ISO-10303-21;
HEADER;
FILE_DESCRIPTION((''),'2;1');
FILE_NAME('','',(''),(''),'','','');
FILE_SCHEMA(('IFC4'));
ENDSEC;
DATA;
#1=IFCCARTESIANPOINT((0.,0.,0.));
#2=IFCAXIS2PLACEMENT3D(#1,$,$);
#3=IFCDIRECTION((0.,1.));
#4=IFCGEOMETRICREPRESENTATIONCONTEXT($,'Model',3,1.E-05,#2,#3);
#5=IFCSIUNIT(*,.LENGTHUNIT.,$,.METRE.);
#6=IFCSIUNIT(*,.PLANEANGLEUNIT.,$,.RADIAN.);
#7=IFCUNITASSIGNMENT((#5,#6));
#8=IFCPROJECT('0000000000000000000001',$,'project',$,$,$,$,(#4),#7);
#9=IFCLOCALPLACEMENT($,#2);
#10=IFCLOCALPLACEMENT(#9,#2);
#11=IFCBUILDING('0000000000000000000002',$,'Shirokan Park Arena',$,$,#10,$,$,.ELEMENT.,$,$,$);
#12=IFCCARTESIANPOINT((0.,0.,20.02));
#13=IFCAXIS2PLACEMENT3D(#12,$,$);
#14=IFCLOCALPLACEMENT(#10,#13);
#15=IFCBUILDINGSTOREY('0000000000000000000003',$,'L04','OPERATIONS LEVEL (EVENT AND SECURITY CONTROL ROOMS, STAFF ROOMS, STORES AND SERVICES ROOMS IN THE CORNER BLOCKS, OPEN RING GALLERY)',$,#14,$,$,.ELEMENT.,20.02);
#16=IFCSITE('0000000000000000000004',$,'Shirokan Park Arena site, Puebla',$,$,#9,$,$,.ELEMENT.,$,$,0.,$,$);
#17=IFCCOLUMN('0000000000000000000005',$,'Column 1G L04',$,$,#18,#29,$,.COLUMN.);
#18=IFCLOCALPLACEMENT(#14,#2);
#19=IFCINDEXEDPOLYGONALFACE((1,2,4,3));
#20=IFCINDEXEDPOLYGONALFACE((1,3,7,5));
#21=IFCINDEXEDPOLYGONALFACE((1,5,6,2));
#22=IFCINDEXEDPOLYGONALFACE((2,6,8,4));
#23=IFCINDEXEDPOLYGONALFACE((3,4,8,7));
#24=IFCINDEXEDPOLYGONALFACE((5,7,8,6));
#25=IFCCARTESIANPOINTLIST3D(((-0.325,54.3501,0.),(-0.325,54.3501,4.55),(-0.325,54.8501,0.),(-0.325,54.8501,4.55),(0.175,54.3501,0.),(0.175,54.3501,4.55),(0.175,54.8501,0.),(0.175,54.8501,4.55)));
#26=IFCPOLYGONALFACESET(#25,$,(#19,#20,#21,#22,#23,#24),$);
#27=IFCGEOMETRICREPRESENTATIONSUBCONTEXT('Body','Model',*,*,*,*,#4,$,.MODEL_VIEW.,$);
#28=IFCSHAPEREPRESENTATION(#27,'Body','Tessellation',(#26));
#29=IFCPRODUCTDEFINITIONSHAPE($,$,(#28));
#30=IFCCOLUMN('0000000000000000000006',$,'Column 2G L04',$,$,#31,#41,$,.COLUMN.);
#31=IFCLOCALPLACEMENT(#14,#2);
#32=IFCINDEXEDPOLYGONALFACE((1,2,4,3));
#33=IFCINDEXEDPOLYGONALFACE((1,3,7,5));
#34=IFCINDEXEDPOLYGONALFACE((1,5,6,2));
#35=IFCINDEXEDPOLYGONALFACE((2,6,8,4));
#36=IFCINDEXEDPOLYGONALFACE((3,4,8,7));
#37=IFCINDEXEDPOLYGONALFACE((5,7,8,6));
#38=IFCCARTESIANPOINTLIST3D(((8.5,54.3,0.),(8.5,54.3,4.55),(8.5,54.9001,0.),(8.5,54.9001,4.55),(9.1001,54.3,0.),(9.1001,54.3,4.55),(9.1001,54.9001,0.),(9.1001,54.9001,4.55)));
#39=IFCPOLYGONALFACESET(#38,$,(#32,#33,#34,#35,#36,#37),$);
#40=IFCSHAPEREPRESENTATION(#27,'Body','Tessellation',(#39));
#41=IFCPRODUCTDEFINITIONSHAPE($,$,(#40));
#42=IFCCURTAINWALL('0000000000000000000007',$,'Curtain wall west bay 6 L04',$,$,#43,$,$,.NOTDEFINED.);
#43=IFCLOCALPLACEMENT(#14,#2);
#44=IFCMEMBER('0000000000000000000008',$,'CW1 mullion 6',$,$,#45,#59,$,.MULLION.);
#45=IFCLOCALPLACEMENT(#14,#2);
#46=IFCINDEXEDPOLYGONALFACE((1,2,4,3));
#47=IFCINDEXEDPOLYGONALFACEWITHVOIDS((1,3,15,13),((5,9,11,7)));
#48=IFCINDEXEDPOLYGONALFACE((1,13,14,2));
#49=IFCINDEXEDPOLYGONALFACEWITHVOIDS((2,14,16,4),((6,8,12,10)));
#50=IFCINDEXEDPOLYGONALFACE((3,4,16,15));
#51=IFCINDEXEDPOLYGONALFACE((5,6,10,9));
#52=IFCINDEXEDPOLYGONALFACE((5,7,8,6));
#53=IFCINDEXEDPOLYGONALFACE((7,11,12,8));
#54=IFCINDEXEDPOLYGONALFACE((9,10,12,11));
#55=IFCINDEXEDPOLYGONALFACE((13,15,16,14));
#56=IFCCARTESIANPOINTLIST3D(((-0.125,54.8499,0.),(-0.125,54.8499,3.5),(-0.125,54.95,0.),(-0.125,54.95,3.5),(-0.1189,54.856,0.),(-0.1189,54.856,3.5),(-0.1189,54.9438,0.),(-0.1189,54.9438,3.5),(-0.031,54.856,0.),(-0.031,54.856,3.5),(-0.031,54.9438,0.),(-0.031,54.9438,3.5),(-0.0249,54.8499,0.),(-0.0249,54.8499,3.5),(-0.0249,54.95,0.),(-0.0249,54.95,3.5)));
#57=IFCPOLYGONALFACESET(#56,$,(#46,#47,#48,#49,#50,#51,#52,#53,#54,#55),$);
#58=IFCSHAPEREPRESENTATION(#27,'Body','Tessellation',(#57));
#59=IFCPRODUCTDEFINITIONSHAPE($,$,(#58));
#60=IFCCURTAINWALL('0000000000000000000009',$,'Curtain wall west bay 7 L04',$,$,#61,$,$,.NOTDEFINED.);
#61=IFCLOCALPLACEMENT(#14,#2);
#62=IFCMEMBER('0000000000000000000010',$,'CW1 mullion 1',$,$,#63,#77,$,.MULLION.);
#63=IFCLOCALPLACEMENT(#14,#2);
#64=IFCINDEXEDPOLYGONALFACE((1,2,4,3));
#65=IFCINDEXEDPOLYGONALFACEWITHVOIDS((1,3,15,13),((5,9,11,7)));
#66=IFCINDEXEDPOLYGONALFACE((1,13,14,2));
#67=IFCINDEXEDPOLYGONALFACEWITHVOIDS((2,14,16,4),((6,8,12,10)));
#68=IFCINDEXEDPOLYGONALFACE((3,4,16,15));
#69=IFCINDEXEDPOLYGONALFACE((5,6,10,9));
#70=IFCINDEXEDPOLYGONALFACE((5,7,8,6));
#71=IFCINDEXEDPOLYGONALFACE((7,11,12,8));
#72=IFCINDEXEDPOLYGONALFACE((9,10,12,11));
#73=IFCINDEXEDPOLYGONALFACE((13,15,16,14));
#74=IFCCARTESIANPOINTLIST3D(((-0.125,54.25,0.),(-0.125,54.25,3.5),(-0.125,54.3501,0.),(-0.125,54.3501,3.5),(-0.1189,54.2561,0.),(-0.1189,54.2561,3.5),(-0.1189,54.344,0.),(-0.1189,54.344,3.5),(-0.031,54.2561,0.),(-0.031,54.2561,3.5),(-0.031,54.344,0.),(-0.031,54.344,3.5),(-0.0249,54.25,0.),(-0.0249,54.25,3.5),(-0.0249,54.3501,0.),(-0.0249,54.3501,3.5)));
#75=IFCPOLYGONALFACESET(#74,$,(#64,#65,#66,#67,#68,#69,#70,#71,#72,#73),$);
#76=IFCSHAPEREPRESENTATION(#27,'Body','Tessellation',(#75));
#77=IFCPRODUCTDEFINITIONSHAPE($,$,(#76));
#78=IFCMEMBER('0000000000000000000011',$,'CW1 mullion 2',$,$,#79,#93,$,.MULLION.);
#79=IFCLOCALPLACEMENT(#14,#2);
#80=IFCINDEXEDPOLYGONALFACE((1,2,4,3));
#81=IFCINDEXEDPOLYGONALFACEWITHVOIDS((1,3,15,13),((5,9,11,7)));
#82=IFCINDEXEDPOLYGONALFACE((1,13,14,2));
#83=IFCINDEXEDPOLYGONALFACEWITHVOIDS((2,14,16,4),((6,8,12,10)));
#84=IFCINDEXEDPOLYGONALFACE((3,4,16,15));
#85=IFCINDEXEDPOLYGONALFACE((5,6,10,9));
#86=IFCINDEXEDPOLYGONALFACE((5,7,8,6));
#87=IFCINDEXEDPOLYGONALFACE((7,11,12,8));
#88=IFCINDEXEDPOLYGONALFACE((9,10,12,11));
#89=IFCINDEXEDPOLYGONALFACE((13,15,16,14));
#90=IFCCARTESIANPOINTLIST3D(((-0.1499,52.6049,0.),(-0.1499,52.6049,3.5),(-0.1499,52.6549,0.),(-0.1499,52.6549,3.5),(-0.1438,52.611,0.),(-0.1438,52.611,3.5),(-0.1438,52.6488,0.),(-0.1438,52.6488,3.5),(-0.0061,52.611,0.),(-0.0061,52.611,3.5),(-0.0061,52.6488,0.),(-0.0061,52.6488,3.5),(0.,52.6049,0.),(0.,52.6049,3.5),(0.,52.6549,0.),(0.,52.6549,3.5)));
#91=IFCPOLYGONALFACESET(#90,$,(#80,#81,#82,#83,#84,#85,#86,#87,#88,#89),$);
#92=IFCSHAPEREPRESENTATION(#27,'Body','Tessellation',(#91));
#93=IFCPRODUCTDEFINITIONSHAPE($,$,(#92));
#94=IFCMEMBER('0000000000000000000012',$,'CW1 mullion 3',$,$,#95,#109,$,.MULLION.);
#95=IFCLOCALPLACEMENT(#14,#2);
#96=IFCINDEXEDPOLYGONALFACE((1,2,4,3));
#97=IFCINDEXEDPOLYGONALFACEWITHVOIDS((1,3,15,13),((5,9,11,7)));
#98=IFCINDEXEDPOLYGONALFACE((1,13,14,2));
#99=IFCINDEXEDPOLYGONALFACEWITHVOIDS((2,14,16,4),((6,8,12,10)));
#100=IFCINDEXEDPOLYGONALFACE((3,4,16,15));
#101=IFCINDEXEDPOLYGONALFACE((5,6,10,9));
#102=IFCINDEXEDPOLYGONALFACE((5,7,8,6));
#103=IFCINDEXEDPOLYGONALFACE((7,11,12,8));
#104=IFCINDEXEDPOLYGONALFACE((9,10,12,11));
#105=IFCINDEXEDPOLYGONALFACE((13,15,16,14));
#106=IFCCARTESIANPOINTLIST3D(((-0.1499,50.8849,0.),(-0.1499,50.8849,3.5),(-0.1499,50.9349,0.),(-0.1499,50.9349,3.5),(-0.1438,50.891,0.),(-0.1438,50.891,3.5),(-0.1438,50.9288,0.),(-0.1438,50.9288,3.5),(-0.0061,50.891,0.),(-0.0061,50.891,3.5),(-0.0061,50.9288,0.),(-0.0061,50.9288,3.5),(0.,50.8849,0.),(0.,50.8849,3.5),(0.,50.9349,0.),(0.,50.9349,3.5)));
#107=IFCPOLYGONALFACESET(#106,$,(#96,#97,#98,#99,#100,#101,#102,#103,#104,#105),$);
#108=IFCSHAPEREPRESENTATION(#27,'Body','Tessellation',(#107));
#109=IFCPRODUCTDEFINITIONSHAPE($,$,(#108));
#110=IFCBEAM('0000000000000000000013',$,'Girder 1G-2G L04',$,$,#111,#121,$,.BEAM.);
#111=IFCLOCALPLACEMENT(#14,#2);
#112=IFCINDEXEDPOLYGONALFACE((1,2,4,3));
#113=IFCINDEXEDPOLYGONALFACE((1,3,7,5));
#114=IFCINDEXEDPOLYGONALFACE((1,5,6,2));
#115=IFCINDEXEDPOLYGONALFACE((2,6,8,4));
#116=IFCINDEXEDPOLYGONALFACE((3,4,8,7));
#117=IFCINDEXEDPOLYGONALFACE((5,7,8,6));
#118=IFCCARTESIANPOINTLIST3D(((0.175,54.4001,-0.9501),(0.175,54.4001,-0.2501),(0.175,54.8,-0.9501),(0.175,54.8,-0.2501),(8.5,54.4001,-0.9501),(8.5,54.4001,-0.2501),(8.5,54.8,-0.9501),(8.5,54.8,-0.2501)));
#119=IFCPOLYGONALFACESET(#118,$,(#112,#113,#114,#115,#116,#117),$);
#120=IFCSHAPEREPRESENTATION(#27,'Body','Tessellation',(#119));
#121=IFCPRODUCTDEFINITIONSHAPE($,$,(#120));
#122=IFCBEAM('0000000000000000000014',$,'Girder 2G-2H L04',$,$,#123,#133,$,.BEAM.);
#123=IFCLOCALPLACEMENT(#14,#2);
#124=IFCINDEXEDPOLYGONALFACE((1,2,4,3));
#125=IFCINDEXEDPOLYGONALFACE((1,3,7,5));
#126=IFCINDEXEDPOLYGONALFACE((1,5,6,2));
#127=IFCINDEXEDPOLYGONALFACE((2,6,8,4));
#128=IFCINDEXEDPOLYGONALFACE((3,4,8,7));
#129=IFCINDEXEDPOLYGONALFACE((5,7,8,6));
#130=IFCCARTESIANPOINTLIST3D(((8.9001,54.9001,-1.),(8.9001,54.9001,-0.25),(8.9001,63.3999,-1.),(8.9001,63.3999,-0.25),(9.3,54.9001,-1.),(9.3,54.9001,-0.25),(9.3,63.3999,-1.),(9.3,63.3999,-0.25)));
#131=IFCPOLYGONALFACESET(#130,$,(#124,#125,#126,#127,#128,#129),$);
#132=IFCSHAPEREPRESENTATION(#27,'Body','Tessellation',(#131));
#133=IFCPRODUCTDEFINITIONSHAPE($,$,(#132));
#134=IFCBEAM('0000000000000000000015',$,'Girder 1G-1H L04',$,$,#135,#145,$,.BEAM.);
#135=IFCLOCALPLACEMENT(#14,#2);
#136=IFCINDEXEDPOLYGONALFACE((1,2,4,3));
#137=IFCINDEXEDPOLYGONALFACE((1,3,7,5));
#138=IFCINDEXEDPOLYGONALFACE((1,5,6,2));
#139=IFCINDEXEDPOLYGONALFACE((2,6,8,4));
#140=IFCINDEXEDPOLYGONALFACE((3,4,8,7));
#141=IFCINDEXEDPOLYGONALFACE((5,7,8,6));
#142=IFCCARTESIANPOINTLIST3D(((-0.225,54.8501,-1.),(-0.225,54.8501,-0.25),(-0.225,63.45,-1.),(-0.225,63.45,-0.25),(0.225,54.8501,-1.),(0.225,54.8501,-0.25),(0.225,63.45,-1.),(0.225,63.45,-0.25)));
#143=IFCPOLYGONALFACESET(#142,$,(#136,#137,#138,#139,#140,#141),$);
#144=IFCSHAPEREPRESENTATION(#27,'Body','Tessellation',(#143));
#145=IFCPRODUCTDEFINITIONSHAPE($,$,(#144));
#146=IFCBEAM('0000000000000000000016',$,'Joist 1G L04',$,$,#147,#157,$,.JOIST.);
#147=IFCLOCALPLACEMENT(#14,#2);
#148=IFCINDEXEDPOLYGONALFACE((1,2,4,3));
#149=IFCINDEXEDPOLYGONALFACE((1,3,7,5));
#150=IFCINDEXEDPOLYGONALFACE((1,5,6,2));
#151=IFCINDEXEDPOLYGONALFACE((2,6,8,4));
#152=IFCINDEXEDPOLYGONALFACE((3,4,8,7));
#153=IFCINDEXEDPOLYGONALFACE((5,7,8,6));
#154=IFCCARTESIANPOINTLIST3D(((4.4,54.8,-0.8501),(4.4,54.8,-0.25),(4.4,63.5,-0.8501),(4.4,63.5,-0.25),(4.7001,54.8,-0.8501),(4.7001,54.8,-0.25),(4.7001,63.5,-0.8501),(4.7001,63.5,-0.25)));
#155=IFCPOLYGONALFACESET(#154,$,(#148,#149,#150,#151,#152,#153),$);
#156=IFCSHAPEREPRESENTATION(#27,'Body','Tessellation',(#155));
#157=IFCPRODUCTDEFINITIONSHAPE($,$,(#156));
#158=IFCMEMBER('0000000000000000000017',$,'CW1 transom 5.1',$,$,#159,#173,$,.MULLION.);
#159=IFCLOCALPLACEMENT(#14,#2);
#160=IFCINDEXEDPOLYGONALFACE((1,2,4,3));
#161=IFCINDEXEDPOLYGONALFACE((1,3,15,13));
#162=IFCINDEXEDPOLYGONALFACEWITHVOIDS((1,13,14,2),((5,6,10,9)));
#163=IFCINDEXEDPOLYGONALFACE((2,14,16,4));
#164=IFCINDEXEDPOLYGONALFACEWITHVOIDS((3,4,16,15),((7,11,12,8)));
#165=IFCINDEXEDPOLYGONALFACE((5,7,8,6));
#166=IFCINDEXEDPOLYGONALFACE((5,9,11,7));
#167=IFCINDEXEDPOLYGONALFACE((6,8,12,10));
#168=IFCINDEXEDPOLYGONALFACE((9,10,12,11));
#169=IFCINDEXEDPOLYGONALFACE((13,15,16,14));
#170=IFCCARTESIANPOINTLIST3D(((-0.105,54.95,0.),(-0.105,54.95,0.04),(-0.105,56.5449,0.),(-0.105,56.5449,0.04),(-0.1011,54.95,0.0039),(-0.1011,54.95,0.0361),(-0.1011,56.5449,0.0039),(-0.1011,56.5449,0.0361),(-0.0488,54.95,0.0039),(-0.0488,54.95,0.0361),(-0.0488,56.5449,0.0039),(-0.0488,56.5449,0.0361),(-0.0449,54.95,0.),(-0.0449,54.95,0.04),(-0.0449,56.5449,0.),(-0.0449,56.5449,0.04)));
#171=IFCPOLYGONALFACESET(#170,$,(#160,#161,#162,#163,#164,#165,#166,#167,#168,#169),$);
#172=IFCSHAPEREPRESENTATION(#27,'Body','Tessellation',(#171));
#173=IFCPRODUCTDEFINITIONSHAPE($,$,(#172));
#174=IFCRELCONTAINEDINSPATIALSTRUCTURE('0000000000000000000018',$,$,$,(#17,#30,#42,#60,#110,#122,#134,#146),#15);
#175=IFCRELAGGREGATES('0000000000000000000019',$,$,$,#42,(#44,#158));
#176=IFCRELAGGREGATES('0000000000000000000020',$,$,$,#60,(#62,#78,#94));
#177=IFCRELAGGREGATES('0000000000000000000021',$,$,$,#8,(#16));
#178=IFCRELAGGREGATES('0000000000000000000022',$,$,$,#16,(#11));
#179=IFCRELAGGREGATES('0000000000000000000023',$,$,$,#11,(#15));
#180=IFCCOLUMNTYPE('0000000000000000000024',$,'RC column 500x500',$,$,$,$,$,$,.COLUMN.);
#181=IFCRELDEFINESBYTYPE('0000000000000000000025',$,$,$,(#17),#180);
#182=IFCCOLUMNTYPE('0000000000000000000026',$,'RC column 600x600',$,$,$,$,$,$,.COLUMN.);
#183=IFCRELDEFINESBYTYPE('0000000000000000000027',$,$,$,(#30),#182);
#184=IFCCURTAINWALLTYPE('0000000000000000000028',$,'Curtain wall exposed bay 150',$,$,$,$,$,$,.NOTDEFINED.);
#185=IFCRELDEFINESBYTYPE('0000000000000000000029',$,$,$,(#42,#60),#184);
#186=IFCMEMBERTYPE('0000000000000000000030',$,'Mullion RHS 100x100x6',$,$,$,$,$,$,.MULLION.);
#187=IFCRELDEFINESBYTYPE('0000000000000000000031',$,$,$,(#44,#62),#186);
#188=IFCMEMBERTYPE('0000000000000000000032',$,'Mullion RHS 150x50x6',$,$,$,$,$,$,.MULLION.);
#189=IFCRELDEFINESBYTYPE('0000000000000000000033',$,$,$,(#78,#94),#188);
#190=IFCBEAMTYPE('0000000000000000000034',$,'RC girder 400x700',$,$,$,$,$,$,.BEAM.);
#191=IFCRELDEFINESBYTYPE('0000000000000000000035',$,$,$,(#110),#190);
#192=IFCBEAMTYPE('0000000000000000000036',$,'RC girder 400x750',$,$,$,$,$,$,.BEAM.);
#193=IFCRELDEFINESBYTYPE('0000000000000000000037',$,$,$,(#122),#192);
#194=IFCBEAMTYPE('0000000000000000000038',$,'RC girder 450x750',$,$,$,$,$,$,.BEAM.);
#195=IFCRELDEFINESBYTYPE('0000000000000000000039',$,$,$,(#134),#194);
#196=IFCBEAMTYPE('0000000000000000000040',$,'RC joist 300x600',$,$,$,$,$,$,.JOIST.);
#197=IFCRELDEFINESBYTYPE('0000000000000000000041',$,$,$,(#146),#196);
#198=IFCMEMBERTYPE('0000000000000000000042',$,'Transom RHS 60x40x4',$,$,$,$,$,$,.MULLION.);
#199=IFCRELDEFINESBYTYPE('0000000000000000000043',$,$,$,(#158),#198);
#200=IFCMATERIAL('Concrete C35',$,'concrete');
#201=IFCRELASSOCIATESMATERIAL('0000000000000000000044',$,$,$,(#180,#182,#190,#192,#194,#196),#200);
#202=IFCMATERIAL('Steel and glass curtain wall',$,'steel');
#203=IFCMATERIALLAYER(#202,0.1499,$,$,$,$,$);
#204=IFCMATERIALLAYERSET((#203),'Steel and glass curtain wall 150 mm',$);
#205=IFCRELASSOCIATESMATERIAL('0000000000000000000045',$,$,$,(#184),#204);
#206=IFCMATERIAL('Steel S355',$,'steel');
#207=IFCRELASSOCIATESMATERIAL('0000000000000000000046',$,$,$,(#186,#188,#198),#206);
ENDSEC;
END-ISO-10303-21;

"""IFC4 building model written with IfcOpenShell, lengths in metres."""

from ifc_helpers import new_model, si_unit, direction, frame, origin, origin_2d, place, context, subcontext, project, spatial, rectangle, hollow_rectangle, extrude, material, layer, layer_set, material_profile, profile_set, type_object, element, aggregate, save


model = new_model("IFC4")

# Units and contexts
model_context = context("Model", 3, precision=1e-05, world=origin(), true_north=direction((0.0, 1.0)))
body_context = subcontext(model_context, "Body", "Model", "MODEL_VIEW")
ifc_project = project(units=[si_unit("LENGTHUNIT", "METRE"), si_unit("PLANEANGLEUNIT", "RADIAN")], contexts=[model_context])

# Site, building, storey
site_placement = place(None, origin())
site = spatial("IfcSite", under=ifc_project, at=site_placement, Name="Shirokan Park Arena site, Puebla", CompositionType="ELEMENT", RefElevation=0.0)
building_placement = place(site_placement, origin())
building = spatial("IfcBuilding", under=site, at=building_placement, Name="Shirokan Park Arena", CompositionType="ELEMENT")
storey_placement = place(building_placement, frame((0.0, 0.0, 20.02)))
storey = spatial("IfcBuildingStorey", under=building, at=storey_placement, Name="L04", Description="OPERATIONS LEVEL (EVENT AND SECURITY CONTROL ROOMS, STAFF ROOMS, STORES AND SERVICES ROOMS IN THE CORNER BLOCKS, OPEN RING GALLERY)", CompositionType="ELEMENT", Elevation=20.02)

# Columns
ifc_material_1 = material(Name="Concrete C35", Category="concrete")
ifc_material_profile_1 = material_profile(ifc_material_1, rectangle(XDim=0.5, YDim=0.5, at=origin_2d()), Name="500x500")
ifc_profile_set_1 = profile_set([ifc_material_profile_1], Name="Concrete C35")
column_type_1 = type_object("IfcColumnType", Name="RC column 500x500", PredefinedType="COLUMN", material=ifc_profile_set_1)
column_1_placement = place(storey_placement, frame((-0.075, 54.6001, 0.0), z_axis=(0.0, 0.0, 1.0), x_axis=(1.0, 0.0, 0.0)))
element("IfcColumn", 1, at=column_1_placement, inside=storey, type_object=column_type_1, Name="Column 1G L04", PredefinedType="COLUMN", context=body_context, shape_type="SweptSolid", body=[
    extrude(rectangle(XDim=0.5, YDim=0.5, at=origin_2d()), origin(), (0.0, 0.0, 1.0), 4.55),
])
ifc_material_profile_2 = material_profile(ifc_material_1, rectangle(XDim=0.6001, YDim=0.6001, at=origin_2d()), Name="600x600")
ifc_profile_set_2 = profile_set([ifc_material_profile_2], Name="Concrete C35")
column_type_2 = type_object("IfcColumnType", Name="RC column 600x600", PredefinedType="COLUMN", material=ifc_profile_set_2)
column_2_placement = place(storey_placement, frame((8.8, 54.6001, 0.0), z_axis=(0.0, 0.0, 1.0), x_axis=(1.0, 0.0, 0.0)))
element("IfcColumn", 2, at=column_2_placement, inside=storey, type_object=column_type_2, Name="Column 2G L04", PredefinedType="COLUMN", context=body_context, shape_type="SweptSolid", body=[
    extrude(rectangle(XDim=0.6001, YDim=0.6001, at=origin_2d()), origin(), (0.0, 0.0, 1.0), 4.55),
])

# Curtain wall, member
ifc_material_2 = material(Name="Steel and glass curtain wall", Category="steel")
ifc_layer_1 = layer(ifc_material_2, 0.1499)
ifc_layer_set_1 = layer_set([ifc_layer_1], Name="Steel and glass curtain wall 150 mm")
curtain_wall_type = type_object("IfcCurtainWallType", Name="Curtain wall exposed bay 150", PredefinedType="NOTDEFINED", material=ifc_layer_set_1)
curtain_wall_1_placement = place(storey_placement, origin())
curtain_wall_1 = element("IfcCurtainWall", 3, at=curtain_wall_1_placement, inside=storey, type_object=curtain_wall_type, Name="Curtain wall west bay 6 L04", PredefinedType="NOTDEFINED")
ifc_material_3 = material(Name="Steel S355", Category="steel")
ifc_material_profile_3 = material_profile(ifc_material_3, hollow_rectangle(XDim=0.1001, YDim=0.1001, WallThickness=0.0061, at=origin_2d()), Name="RHS 100x100x6")
ifc_profile_set_3 = profile_set([ifc_material_profile_3], Name="Steel S355")
member_type_1 = type_object("IfcMemberType", Name="Mullion RHS 100x100x6", PredefinedType="MULLION", material=ifc_profile_set_3)
member_1_placement = place(storey_placement, frame((-0.075, 54.8999, 0.0), z_axis=(0.0, 0.0, 1.0), x_axis=(1.0, 0.0, 0.0)))
member_1 = element("IfcMember", 4, at=member_1_placement, type_object=member_type_1, Name="CW1 mullion 6", PredefinedType="MULLION", context=body_context, shape_type="SweptSolid", body=[
    extrude(hollow_rectangle(XDim=0.1001, YDim=0.1001, WallThickness=0.0061, at=origin_2d()), origin(), (0.0, 0.0, 1.0), 3.5),
])

# Curtain wall, members
curtain_wall_2_placement = place(storey_placement, origin())
curtain_wall_2 = element("IfcCurtainWall", 5, at=curtain_wall_2_placement, inside=storey, type_object=curtain_wall_type, Name="Curtain wall west bay 7 L04", PredefinedType="NOTDEFINED")
member_2_placement = place(storey_placement, frame((-0.075, 54.3, 0.0), z_axis=(0.0, 0.0, 1.0), x_axis=(1.0, 0.0, 0.0)))
member_2 = element("IfcMember", 6, at=member_2_placement, type_object=member_type_1, Name="CW1 mullion 1", PredefinedType="MULLION", context=body_context, shape_type="SweptSolid", body=[
    extrude(hollow_rectangle(XDim=0.1001, YDim=0.1001, WallThickness=0.0061, at=origin_2d()), origin(), (0.0, 0.0, 1.0), 3.5),
])
ifc_material_profile_4 = material_profile(ifc_material_3, hollow_rectangle(XDim=0.1499, YDim=0.05, WallThickness=0.0061, at=origin_2d()), Name="RHS 150x50x6")
ifc_profile_set_4 = profile_set([ifc_material_profile_4], Name="Steel S355")
member_type_2 = type_object("IfcMemberType", Name="Mullion RHS 150x50x6", PredefinedType="MULLION", material=ifc_profile_set_4)
member_3_placement = place(storey_placement, frame((-0.075, 52.6299, 0.0), z_axis=(0.0, 0.0, 1.0), x_axis=(1.0, 0.0, 0.0)))
member_3 = element("IfcMember", 7, at=member_3_placement, type_object=member_type_2, Name="CW1 mullion 2", PredefinedType="MULLION", context=body_context, shape_type="SweptSolid", body=[
    extrude(hollow_rectangle(XDim=0.1499, YDim=0.05, WallThickness=0.0061, at=origin_2d()), origin(), (0.0, 0.0, 1.0), 3.5),
])
member_4_placement = place(storey_placement, frame((-0.075, 50.9099, 0.0), z_axis=(0.0, 0.0, 1.0), x_axis=(1.0, 0.0, 0.0)))
member_4 = element("IfcMember", 8, at=member_4_placement, type_object=member_type_2, Name="CW1 mullion 3", PredefinedType="MULLION", context=body_context, shape_type="SweptSolid", body=[
    extrude(hollow_rectangle(XDim=0.1499, YDim=0.05, WallThickness=0.0061, at=origin_2d()), origin(), (0.0, 0.0, 1.0), 3.5),
])

# Beams
ifc_material_profile_5 = material_profile(ifc_material_1, rectangle(XDim=0.3999, YDim=0.7, at=origin_2d()), Name="400x700")
ifc_profile_set_5 = profile_set([ifc_material_profile_5], Name="Concrete C35")
beam_type_1 = type_object("IfcBeamType", Name="RC girder 400x700", PredefinedType="BEAM", material=ifc_profile_set_5)
beam_1_placement = place(storey_placement, frame((0.175, 54.6001, -0.6001), z_axis=(1.0, 0.0, 0.0), x_axis=(0.0, 1.0, 0.0)))
element("IfcBeam", 9, at=beam_1_placement, inside=storey, type_object=beam_type_1, Name="Girder 1G-2G L04", PredefinedType="BEAM", context=body_context, shape_type="SweptSolid", body=[
    extrude(rectangle(XDim=0.3999, YDim=0.7, at=origin_2d()), origin(), (0.0, 0.0, 1.0), 8.325),
])
ifc_material_profile_6 = material_profile(ifc_material_1, rectangle(XDim=0.3999, YDim=0.75, at=origin_2d()), Name="400x750")
ifc_profile_set_6 = profile_set([ifc_material_profile_6], Name="Concrete C35")
beam_type_2 = type_object("IfcBeamType", Name="RC girder 400x750", PredefinedType="BEAM", material=ifc_profile_set_6)
beam_2_placement = place(storey_placement, frame((9.1001, 54.9001, -0.625), z_axis=(0.0, 1.0, 0.0), x_axis=(-1.0, 0.0, 0.0)))
element("IfcBeam", 10, at=beam_2_placement, inside=storey, type_object=beam_type_2, Name="Girder 2G-2H L04", PredefinedType="BEAM", context=body_context, shape_type="SweptSolid", body=[
    extrude(rectangle(XDim=0.3999, YDim=0.75, at=origin_2d()), origin(), (0.0, 0.0, 1.0), 8.4998),
])
ifc_material_profile_7 = material_profile(ifc_material_1, rectangle(XDim=0.45, YDim=0.75, at=origin_2d()), Name="450x750")
ifc_profile_set_7 = profile_set([ifc_material_profile_7], Name="Concrete C35")
beam_type_3 = type_object("IfcBeamType", Name="RC girder 450x750", PredefinedType="BEAM", material=ifc_profile_set_7)
beam_3_placement = place(storey_placement, frame((0.0, 54.8501, -0.625), z_axis=(0.0, 1.0, 0.0), x_axis=(-1.0, 0.0, 0.0)))
element("IfcBeam", 11, at=beam_3_placement, inside=storey, type_object=beam_type_3, Name="Girder 1G-1H L04", PredefinedType="BEAM", context=body_context, shape_type="SweptSolid", body=[
    extrude(rectangle(XDim=0.45, YDim=0.75, at=origin_2d()), origin(), (0.0, 0.0, 1.0), 8.5999),
])
ifc_material_profile_8 = material_profile(ifc_material_1, rectangle(XDim=0.3, YDim=0.6001, at=origin_2d()), Name="300x600")
ifc_profile_set_8 = profile_set([ifc_material_profile_8], Name="Concrete C35")
beam_type_4 = type_object("IfcBeamType", Name="RC joist 300x600", PredefinedType="JOIST", material=ifc_profile_set_8)
beam_4_placement = place(storey_placement, frame((4.55, 54.8, -0.55), z_axis=(0.0, 1.0, 0.0), x_axis=(-1.0, 0.0, 0.0)))
element("IfcBeam", 12, at=beam_4_placement, inside=storey, type_object=beam_type_4, Name="Joist 1G L04", PredefinedType="JOIST", context=body_context, shape_type="SweptSolid", body=[
    extrude(rectangle(XDim=0.3, YDim=0.6001, at=origin_2d()), origin(), (0.0, 0.0, 1.0), 8.7),
])

# Member
ifc_material_profile_9 = material_profile(ifc_material_3, hollow_rectangle(XDim=0.0601, YDim=0.04, WallThickness=0.0039, at=origin_2d()), Name="RHS 60x40x4")
ifc_profile_set_9 = profile_set([ifc_material_profile_9], Name="Steel S355")
member_type_3 = type_object("IfcMemberType", Name="Transom RHS 60x40x4", PredefinedType="MULLION", material=ifc_profile_set_9)
member_5_placement = place(storey_placement, frame((-0.075, 56.5449, 0.02), z_axis=(0.0, -1.0, 0.0), x_axis=(1.0, 0.0, 0.0)))
member_5 = element("IfcMember", 13, at=member_5_placement, type_object=member_type_3, Name="CW1 transom 5.1", PredefinedType="MULLION", context=body_context, shape_type="SweptSolid", body=[
    extrude(hollow_rectangle(XDim=0.0601, YDim=0.04, WallThickness=0.0039, at=origin_2d()), origin(), (0.0, 0.0, 1.0), 1.595),
])

aggregate(curtain_wall_1, [member_1, member_5])
aggregate(curtain_wall_2, [member_2, member_3, member_4])

save(model, "model.ifc")
